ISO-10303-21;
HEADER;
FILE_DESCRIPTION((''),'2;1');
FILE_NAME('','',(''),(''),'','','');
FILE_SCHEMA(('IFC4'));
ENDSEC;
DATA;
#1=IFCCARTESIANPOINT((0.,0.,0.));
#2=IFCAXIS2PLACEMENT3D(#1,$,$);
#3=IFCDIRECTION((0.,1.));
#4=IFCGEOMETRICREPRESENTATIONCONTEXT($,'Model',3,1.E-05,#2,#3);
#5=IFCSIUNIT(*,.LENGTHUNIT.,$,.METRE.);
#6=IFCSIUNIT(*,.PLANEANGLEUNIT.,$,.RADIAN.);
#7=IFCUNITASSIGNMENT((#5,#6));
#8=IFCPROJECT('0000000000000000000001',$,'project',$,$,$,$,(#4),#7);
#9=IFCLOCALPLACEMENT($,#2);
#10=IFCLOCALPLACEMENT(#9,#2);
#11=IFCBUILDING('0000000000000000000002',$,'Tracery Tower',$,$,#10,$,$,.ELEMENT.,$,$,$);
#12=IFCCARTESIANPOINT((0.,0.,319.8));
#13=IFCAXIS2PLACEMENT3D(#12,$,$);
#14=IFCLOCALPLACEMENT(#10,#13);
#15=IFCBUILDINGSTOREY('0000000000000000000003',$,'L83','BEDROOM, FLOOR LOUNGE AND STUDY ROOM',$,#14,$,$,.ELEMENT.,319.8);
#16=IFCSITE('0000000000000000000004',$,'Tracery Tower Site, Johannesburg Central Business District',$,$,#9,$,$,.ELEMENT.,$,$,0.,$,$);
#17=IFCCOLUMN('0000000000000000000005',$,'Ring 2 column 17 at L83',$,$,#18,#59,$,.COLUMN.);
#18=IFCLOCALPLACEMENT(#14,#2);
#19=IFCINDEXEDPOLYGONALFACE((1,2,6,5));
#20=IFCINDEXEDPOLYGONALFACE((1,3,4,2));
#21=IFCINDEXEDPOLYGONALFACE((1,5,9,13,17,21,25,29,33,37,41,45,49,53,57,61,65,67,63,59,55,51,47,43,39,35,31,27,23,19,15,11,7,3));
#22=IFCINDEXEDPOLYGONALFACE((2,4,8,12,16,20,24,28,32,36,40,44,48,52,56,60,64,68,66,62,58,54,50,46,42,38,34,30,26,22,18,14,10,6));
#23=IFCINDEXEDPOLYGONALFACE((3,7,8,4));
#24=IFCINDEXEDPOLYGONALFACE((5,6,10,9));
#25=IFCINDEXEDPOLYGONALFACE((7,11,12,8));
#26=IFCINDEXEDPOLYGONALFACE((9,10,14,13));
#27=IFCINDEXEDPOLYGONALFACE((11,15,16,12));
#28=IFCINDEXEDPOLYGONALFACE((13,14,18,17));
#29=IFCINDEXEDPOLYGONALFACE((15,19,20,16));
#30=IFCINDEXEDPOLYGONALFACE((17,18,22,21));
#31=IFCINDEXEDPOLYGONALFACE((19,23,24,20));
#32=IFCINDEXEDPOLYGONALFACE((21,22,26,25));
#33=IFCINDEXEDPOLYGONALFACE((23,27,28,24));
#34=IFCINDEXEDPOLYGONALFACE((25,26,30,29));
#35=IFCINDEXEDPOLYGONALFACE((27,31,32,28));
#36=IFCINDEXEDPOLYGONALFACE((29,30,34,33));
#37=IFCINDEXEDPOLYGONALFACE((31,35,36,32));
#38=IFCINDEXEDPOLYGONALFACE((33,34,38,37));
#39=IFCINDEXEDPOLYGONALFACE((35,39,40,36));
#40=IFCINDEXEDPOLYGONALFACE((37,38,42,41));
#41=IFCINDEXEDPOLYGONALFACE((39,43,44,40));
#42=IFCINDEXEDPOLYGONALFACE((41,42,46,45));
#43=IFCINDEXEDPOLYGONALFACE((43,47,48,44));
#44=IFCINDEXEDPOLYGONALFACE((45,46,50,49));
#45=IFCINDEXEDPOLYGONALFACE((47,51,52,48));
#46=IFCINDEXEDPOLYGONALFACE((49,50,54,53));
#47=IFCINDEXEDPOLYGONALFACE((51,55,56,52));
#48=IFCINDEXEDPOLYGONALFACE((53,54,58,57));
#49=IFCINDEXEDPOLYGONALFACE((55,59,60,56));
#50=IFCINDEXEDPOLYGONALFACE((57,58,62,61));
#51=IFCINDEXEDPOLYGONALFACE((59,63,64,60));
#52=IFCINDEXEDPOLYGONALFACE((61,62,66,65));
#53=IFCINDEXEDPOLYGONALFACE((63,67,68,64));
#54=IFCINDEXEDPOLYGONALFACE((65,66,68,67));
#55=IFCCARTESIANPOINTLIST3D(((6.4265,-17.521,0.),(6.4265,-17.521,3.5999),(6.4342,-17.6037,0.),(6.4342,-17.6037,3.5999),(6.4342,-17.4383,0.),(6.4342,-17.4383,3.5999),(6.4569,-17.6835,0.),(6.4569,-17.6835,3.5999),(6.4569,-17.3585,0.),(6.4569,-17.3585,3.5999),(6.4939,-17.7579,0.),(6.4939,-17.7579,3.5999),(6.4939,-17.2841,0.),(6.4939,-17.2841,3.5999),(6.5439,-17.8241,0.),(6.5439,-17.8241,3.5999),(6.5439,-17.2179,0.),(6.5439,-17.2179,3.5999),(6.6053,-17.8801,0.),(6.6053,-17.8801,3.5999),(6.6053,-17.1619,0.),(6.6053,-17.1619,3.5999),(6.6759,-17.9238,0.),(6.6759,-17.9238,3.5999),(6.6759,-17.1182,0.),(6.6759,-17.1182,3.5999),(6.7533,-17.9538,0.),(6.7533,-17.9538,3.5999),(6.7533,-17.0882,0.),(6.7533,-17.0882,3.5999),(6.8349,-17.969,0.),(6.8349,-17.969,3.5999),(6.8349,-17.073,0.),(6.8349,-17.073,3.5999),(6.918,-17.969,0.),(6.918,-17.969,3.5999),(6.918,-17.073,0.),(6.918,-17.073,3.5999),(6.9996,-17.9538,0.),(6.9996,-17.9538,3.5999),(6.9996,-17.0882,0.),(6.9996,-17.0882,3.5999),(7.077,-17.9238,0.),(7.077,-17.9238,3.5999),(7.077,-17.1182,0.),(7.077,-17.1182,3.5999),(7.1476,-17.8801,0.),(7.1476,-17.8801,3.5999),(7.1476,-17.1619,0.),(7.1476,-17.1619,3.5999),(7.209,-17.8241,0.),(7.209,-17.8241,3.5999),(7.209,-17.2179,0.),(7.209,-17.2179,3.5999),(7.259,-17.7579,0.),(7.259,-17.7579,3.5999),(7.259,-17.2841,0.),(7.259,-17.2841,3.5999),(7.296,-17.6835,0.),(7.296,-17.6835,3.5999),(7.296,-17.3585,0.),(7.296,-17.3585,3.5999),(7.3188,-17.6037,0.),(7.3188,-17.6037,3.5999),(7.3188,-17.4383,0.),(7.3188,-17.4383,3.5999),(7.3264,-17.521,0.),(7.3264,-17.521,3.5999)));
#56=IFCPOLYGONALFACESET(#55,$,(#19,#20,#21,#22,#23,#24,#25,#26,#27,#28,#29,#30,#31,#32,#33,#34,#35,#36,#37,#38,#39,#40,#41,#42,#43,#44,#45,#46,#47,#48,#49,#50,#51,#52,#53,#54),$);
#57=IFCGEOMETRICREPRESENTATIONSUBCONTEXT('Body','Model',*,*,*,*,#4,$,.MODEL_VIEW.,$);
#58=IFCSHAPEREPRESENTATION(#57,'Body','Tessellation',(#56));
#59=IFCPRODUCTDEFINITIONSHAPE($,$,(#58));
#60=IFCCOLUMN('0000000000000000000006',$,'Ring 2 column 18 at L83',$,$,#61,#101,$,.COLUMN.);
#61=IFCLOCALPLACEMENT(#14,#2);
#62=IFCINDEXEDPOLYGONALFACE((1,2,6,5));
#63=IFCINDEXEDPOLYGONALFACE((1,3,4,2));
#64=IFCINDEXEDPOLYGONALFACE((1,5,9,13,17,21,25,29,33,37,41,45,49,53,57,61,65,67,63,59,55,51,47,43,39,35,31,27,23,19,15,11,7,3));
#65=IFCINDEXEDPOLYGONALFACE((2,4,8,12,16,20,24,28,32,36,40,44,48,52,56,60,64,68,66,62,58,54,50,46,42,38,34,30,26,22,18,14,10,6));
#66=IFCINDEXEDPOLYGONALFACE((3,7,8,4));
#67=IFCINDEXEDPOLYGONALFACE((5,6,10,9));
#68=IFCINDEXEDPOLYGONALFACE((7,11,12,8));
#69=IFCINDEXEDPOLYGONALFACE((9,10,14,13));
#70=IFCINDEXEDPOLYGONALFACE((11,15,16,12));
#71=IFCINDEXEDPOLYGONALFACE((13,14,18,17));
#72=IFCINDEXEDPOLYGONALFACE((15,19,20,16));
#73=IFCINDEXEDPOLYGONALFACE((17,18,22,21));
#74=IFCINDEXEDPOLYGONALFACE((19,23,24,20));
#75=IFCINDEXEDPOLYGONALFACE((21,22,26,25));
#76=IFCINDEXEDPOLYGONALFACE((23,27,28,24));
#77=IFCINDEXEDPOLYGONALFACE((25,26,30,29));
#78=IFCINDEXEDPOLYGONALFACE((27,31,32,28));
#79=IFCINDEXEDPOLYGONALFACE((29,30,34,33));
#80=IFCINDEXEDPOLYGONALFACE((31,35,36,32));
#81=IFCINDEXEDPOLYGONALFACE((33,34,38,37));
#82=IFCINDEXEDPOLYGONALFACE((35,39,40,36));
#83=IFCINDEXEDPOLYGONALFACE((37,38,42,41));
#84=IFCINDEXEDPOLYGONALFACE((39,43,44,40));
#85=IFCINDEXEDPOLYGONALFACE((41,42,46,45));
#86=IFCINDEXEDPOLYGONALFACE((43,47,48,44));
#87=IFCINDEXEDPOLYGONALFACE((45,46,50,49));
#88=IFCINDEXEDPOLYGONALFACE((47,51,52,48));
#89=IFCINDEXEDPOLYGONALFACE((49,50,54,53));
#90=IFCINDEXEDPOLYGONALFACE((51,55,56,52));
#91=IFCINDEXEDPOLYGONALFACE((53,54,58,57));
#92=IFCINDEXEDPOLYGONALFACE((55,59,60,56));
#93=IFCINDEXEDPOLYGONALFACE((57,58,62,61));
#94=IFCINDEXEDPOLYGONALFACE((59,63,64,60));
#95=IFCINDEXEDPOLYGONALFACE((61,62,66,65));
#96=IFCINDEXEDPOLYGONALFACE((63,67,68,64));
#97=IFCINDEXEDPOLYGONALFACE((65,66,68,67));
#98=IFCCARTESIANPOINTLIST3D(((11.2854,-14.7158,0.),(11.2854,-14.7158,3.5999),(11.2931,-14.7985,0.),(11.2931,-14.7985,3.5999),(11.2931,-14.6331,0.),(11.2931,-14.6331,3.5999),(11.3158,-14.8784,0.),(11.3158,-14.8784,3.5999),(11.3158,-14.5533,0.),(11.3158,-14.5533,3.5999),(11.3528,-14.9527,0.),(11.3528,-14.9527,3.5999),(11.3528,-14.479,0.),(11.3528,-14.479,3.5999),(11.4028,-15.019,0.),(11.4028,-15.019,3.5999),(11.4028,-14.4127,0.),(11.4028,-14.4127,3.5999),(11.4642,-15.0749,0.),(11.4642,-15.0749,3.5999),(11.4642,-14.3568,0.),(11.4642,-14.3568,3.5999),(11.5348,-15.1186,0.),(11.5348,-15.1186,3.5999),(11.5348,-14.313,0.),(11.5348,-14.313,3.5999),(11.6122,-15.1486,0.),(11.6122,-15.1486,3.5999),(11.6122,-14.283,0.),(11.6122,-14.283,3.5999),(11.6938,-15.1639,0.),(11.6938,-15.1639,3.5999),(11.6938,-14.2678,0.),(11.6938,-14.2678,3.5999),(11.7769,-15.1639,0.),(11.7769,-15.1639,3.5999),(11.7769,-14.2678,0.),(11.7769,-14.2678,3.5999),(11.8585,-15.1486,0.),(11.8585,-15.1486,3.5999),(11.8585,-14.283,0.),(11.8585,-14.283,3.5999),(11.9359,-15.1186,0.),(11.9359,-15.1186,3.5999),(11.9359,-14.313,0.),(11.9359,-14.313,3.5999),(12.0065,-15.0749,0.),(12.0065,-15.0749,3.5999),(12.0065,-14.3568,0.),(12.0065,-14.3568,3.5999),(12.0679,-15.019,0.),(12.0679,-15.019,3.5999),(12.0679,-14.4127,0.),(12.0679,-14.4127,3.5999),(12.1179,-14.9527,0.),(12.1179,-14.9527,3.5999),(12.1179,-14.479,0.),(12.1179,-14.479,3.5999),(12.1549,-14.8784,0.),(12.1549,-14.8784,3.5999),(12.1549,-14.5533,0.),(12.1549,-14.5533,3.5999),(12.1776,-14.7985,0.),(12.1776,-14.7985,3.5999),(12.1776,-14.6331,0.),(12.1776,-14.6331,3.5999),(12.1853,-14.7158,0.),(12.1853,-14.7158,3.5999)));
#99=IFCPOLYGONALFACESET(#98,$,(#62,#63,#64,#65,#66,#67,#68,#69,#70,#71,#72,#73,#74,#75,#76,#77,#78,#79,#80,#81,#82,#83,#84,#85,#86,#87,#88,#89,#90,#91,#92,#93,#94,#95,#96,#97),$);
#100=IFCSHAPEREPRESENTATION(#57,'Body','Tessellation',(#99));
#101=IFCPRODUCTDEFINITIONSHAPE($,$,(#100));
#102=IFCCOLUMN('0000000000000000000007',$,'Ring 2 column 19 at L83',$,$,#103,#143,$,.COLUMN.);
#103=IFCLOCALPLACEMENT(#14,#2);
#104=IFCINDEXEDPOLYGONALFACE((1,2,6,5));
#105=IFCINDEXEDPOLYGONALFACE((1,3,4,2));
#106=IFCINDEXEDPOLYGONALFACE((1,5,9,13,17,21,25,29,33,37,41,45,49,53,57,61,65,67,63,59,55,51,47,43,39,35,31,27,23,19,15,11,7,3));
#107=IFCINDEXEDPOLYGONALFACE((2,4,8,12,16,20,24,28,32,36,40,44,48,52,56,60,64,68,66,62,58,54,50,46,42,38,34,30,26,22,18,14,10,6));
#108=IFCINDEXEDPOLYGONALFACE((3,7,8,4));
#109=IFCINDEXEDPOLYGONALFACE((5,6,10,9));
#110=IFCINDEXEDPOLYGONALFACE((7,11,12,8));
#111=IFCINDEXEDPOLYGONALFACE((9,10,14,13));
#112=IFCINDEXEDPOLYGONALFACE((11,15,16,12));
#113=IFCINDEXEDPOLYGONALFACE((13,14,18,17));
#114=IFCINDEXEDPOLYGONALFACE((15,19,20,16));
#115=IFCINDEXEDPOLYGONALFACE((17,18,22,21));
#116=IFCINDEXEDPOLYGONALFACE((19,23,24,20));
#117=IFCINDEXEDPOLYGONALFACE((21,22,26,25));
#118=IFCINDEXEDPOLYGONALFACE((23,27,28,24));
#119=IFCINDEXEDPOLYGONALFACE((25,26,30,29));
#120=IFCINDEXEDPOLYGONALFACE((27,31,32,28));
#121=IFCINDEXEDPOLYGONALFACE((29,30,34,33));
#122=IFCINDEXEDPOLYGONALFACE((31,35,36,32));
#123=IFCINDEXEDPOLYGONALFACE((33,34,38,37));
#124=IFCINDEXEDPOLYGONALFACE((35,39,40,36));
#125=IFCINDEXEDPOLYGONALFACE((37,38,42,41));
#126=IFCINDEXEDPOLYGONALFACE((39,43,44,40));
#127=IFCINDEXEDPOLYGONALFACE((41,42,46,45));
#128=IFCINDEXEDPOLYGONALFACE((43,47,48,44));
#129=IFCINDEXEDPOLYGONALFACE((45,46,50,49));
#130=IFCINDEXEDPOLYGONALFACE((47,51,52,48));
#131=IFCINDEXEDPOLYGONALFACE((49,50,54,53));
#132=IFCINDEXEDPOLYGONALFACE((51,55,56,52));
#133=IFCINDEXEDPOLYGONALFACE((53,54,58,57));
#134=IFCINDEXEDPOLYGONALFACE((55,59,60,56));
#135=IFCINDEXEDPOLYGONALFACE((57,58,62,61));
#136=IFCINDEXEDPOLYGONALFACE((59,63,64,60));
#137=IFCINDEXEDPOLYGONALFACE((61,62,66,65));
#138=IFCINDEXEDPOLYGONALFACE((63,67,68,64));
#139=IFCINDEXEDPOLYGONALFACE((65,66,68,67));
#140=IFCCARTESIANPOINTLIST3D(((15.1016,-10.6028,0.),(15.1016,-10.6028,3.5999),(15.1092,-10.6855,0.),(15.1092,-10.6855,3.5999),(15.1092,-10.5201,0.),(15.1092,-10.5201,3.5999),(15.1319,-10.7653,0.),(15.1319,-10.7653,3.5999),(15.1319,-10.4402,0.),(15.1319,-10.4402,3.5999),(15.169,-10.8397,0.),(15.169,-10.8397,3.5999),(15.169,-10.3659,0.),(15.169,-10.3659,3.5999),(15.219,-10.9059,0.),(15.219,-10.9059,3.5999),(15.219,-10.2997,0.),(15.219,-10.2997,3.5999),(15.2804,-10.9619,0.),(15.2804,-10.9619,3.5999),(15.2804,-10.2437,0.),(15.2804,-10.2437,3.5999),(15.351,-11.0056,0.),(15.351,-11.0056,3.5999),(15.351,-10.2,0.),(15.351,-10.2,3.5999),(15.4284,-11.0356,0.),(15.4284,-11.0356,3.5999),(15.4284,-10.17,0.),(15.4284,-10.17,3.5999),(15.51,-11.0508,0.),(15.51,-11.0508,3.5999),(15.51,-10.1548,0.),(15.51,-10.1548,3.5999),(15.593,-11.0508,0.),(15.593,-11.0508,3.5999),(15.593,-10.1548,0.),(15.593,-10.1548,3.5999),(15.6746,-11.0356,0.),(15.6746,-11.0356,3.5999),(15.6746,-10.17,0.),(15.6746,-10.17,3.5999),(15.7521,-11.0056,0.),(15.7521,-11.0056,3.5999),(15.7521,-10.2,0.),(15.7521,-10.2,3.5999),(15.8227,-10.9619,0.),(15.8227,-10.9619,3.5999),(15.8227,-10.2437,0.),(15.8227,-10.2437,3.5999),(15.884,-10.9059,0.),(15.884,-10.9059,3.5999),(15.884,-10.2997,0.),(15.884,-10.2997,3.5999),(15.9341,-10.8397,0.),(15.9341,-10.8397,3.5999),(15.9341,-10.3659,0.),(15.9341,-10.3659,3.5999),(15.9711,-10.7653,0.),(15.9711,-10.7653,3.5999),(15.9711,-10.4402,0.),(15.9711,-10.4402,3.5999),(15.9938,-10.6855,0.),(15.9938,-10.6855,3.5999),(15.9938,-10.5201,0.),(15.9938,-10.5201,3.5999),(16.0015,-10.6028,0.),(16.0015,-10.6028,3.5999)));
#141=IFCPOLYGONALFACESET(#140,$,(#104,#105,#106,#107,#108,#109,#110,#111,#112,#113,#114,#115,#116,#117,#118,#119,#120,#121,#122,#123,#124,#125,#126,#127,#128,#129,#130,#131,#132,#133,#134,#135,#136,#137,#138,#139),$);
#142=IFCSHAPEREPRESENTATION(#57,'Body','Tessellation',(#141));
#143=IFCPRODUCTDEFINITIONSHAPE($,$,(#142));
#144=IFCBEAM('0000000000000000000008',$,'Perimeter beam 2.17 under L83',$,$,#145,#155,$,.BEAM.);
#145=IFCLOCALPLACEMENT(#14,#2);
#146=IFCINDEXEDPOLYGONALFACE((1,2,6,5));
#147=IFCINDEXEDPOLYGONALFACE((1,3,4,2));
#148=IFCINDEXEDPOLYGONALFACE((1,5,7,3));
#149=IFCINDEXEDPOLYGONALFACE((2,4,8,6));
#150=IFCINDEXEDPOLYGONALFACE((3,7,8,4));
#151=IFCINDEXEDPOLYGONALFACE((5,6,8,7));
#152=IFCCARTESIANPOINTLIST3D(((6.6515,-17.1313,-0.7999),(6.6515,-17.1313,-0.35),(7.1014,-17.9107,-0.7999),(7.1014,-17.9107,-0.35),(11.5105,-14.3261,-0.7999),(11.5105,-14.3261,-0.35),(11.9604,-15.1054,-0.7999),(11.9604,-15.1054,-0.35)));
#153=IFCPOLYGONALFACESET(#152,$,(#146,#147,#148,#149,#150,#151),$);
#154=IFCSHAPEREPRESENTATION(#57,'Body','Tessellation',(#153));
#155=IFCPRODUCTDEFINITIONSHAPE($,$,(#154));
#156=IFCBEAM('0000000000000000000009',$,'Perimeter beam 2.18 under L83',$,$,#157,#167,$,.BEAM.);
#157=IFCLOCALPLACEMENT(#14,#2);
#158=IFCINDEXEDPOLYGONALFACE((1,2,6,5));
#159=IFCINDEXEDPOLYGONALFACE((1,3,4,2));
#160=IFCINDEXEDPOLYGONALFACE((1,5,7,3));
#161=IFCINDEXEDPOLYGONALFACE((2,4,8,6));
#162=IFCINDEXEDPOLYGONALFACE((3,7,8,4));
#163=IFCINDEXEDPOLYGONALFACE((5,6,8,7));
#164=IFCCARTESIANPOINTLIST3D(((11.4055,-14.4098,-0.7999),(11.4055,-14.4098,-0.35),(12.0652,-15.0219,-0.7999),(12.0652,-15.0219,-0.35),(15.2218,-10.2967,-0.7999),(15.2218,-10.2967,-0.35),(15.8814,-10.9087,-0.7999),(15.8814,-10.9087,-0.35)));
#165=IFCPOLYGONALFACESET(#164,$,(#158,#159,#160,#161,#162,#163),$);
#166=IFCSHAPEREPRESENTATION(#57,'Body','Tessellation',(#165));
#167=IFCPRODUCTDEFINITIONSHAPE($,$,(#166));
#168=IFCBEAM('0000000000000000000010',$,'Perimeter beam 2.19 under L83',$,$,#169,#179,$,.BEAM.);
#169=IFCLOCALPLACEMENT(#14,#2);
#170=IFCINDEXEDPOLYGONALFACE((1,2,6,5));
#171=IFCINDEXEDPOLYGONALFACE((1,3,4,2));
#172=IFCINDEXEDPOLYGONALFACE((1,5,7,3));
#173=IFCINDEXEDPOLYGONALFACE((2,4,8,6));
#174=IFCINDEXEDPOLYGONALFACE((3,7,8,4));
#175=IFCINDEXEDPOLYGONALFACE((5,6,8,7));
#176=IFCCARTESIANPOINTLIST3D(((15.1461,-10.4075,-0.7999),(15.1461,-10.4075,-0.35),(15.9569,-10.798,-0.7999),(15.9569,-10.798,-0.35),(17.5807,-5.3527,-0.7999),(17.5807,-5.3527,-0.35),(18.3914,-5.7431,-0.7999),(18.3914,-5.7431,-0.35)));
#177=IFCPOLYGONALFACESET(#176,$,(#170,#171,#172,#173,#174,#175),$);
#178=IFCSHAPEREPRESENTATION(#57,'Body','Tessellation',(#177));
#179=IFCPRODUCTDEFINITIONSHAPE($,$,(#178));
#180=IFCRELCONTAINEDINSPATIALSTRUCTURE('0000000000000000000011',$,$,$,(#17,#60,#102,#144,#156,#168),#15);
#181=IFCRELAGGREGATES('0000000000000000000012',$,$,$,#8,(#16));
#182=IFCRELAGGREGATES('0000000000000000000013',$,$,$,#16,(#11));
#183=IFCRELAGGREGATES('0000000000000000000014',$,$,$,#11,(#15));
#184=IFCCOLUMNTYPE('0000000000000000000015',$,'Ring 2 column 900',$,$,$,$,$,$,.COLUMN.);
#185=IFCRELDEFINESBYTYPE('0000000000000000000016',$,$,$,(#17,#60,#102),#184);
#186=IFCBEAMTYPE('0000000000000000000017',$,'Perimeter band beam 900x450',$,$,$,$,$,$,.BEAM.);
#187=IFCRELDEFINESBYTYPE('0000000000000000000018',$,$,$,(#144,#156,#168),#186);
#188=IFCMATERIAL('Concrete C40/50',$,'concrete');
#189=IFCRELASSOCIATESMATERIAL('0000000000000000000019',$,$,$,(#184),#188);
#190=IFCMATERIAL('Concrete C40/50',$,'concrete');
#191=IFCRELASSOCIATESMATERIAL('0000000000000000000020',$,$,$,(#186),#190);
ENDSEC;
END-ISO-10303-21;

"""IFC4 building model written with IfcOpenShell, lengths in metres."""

from ifc_helpers import new_model, si_unit, direction, frame, origin, origin_2d, place, context, subcontext, project, spatial, rectangle, circle, extrude, material, material_profile, profile_set, type_object, element, save


model = new_model("IFC4")

# Units and contexts
model_context = context("Model", 3, precision=1e-05, world=origin(), true_north=direction((0.0, 1.0)))
body_context = subcontext(model_context, "Body", "Model", "MODEL_VIEW")
ifc_project = project(units=[si_unit("LENGTHUNIT", "METRE"), si_unit("PLANEANGLEUNIT", "RADIAN")], contexts=[model_context])

# Site, building, storey
site_placement = place(None, origin())
site = spatial("IfcSite", under=ifc_project, at=site_placement, Name="Tracery Tower Site, Johannesburg Central Business District", CompositionType="ELEMENT", RefElevation=0.0)
building_placement = place(site_placement, origin())
building = spatial("IfcBuilding", under=site, at=building_placement, Name="Tracery Tower", CompositionType="ELEMENT")
storey_placement = place(building_placement, frame((0.0, 0.0, 319.8)))
storey = spatial("IfcBuildingStorey", under=building, at=storey_placement, Name="L83", Description="BEDROOM, FLOOR LOUNGE AND STUDY ROOM", CompositionType="ELEMENT", Elevation=319.8)

# Columns
ifc_material_1 = material(Name="Concrete C40/50", Category="concrete")
ifc_material_profile_1 = material_profile(ifc_material_1, circle(Radius=0.45, at=origin_2d()), Name="RC D900")
ifc_profile_set_1 = profile_set([ifc_material_profile_1], Name="Concrete C40/50")
column_type = type_object("IfcColumnType", Name="Ring 2 column 900", PredefinedType="COLUMN", material=ifc_profile_set_1)
for number, where, z_axis, x_axis, name in (
    (1, (6.8765, -17.521, 0.0), (0.0, 0.0, 1.0), (1.0, 0.0, 0.0), "Ring 2 column 17 at L83"),
    (2, (11.7354, -14.7158, 0.0), (0.0, 0.0, 1.0), (1.0, 0.0, 0.0), "Ring 2 column 18 at L83"),
    (3, (15.5515, -10.6028, 0.0), (0.0, 0.0, 1.0), (1.0, 0.0, 0.0), "Ring 2 column 19 at L83"),
):
    element("IfcColumn", number, at=place(storey_placement, frame(where, z_axis=z_axis, x_axis=x_axis)), inside=storey, type_object=column_type, Name=name, PredefinedType="COLUMN", context=body_context, shape_type="SweptSolid", body=[
        extrude(circle(Radius=0.45, at=origin_2d()), origin(), (0.0, 0.0, 1.0), 3.5999),
    ])

# Beams
ifc_material_2 = material(Name="Concrete C40/50", Category="concrete")
ifc_material_profile_2 = material_profile(ifc_material_2, rectangle(XDim=0.8999, YDim=0.45, at=origin_2d()), Name="RC 900x450")
ifc_profile_set_2 = profile_set([ifc_material_profile_2], Name="Concrete C40/50")
beam_type = type_object("IfcBeamType", Name="Perimeter band beam 900x450", PredefinedType="BEAM", material=ifc_profile_set_2)
beam_1_placement = place(storey_placement, frame((6.8765, -17.521, -0.575), z_axis=(0.866033, 0.499986, 0.0), x_axis=(-0.499986, 0.866033, 0.0)))
element("IfcBeam", 4, at=beam_1_placement, inside=storey, type_object=beam_type, Name="Perimeter beam 2.17 under L83", PredefinedType="BEAM", context=body_context, shape_type="SweptSolid", body=[
    extrude(rectangle(XDim=0.8999, YDim=0.45, at=origin_2d()), origin(), (0.0, 0.0, 1.0), 5.6106),
])
beam_2_placement = place(storey_placement, frame((11.7354, -14.7158, -0.575), z_axis=(0.680156, 0.733068, 0.0), x_axis=(-0.733068, 0.680156, 0.0)))
element("IfcBeam", 5, at=beam_2_placement, inside=storey, type_object=beam_type, Name="Perimeter beam 2.18 under L83", PredefinedType="BEAM", context=body_context, shape_type="SweptSolid", body=[
    extrude(rectangle(XDim=0.8999, YDim=0.45, at=origin_2d()), origin(), (0.0, 0.0, 1.0), 5.6108),
])
beam_3_placement = place(storey_placement, frame((15.5515, -10.6028, -0.575), z_axis=(0.433919, 0.900952, 0.0), x_axis=(-0.900952, 0.433919, 0.0)))
element("IfcBeam", 6, at=beam_3_placement, inside=storey, type_object=beam_type, Name="Perimeter beam 2.19 under L83", PredefinedType="BEAM", context=body_context, shape_type="SweptSolid", body=[
    extrude(rectangle(XDim=0.8999, YDim=0.45, at=origin_2d()), origin(), (0.0, 0.0, 1.0), 5.6106),
])

save(model, "model.ifc")
